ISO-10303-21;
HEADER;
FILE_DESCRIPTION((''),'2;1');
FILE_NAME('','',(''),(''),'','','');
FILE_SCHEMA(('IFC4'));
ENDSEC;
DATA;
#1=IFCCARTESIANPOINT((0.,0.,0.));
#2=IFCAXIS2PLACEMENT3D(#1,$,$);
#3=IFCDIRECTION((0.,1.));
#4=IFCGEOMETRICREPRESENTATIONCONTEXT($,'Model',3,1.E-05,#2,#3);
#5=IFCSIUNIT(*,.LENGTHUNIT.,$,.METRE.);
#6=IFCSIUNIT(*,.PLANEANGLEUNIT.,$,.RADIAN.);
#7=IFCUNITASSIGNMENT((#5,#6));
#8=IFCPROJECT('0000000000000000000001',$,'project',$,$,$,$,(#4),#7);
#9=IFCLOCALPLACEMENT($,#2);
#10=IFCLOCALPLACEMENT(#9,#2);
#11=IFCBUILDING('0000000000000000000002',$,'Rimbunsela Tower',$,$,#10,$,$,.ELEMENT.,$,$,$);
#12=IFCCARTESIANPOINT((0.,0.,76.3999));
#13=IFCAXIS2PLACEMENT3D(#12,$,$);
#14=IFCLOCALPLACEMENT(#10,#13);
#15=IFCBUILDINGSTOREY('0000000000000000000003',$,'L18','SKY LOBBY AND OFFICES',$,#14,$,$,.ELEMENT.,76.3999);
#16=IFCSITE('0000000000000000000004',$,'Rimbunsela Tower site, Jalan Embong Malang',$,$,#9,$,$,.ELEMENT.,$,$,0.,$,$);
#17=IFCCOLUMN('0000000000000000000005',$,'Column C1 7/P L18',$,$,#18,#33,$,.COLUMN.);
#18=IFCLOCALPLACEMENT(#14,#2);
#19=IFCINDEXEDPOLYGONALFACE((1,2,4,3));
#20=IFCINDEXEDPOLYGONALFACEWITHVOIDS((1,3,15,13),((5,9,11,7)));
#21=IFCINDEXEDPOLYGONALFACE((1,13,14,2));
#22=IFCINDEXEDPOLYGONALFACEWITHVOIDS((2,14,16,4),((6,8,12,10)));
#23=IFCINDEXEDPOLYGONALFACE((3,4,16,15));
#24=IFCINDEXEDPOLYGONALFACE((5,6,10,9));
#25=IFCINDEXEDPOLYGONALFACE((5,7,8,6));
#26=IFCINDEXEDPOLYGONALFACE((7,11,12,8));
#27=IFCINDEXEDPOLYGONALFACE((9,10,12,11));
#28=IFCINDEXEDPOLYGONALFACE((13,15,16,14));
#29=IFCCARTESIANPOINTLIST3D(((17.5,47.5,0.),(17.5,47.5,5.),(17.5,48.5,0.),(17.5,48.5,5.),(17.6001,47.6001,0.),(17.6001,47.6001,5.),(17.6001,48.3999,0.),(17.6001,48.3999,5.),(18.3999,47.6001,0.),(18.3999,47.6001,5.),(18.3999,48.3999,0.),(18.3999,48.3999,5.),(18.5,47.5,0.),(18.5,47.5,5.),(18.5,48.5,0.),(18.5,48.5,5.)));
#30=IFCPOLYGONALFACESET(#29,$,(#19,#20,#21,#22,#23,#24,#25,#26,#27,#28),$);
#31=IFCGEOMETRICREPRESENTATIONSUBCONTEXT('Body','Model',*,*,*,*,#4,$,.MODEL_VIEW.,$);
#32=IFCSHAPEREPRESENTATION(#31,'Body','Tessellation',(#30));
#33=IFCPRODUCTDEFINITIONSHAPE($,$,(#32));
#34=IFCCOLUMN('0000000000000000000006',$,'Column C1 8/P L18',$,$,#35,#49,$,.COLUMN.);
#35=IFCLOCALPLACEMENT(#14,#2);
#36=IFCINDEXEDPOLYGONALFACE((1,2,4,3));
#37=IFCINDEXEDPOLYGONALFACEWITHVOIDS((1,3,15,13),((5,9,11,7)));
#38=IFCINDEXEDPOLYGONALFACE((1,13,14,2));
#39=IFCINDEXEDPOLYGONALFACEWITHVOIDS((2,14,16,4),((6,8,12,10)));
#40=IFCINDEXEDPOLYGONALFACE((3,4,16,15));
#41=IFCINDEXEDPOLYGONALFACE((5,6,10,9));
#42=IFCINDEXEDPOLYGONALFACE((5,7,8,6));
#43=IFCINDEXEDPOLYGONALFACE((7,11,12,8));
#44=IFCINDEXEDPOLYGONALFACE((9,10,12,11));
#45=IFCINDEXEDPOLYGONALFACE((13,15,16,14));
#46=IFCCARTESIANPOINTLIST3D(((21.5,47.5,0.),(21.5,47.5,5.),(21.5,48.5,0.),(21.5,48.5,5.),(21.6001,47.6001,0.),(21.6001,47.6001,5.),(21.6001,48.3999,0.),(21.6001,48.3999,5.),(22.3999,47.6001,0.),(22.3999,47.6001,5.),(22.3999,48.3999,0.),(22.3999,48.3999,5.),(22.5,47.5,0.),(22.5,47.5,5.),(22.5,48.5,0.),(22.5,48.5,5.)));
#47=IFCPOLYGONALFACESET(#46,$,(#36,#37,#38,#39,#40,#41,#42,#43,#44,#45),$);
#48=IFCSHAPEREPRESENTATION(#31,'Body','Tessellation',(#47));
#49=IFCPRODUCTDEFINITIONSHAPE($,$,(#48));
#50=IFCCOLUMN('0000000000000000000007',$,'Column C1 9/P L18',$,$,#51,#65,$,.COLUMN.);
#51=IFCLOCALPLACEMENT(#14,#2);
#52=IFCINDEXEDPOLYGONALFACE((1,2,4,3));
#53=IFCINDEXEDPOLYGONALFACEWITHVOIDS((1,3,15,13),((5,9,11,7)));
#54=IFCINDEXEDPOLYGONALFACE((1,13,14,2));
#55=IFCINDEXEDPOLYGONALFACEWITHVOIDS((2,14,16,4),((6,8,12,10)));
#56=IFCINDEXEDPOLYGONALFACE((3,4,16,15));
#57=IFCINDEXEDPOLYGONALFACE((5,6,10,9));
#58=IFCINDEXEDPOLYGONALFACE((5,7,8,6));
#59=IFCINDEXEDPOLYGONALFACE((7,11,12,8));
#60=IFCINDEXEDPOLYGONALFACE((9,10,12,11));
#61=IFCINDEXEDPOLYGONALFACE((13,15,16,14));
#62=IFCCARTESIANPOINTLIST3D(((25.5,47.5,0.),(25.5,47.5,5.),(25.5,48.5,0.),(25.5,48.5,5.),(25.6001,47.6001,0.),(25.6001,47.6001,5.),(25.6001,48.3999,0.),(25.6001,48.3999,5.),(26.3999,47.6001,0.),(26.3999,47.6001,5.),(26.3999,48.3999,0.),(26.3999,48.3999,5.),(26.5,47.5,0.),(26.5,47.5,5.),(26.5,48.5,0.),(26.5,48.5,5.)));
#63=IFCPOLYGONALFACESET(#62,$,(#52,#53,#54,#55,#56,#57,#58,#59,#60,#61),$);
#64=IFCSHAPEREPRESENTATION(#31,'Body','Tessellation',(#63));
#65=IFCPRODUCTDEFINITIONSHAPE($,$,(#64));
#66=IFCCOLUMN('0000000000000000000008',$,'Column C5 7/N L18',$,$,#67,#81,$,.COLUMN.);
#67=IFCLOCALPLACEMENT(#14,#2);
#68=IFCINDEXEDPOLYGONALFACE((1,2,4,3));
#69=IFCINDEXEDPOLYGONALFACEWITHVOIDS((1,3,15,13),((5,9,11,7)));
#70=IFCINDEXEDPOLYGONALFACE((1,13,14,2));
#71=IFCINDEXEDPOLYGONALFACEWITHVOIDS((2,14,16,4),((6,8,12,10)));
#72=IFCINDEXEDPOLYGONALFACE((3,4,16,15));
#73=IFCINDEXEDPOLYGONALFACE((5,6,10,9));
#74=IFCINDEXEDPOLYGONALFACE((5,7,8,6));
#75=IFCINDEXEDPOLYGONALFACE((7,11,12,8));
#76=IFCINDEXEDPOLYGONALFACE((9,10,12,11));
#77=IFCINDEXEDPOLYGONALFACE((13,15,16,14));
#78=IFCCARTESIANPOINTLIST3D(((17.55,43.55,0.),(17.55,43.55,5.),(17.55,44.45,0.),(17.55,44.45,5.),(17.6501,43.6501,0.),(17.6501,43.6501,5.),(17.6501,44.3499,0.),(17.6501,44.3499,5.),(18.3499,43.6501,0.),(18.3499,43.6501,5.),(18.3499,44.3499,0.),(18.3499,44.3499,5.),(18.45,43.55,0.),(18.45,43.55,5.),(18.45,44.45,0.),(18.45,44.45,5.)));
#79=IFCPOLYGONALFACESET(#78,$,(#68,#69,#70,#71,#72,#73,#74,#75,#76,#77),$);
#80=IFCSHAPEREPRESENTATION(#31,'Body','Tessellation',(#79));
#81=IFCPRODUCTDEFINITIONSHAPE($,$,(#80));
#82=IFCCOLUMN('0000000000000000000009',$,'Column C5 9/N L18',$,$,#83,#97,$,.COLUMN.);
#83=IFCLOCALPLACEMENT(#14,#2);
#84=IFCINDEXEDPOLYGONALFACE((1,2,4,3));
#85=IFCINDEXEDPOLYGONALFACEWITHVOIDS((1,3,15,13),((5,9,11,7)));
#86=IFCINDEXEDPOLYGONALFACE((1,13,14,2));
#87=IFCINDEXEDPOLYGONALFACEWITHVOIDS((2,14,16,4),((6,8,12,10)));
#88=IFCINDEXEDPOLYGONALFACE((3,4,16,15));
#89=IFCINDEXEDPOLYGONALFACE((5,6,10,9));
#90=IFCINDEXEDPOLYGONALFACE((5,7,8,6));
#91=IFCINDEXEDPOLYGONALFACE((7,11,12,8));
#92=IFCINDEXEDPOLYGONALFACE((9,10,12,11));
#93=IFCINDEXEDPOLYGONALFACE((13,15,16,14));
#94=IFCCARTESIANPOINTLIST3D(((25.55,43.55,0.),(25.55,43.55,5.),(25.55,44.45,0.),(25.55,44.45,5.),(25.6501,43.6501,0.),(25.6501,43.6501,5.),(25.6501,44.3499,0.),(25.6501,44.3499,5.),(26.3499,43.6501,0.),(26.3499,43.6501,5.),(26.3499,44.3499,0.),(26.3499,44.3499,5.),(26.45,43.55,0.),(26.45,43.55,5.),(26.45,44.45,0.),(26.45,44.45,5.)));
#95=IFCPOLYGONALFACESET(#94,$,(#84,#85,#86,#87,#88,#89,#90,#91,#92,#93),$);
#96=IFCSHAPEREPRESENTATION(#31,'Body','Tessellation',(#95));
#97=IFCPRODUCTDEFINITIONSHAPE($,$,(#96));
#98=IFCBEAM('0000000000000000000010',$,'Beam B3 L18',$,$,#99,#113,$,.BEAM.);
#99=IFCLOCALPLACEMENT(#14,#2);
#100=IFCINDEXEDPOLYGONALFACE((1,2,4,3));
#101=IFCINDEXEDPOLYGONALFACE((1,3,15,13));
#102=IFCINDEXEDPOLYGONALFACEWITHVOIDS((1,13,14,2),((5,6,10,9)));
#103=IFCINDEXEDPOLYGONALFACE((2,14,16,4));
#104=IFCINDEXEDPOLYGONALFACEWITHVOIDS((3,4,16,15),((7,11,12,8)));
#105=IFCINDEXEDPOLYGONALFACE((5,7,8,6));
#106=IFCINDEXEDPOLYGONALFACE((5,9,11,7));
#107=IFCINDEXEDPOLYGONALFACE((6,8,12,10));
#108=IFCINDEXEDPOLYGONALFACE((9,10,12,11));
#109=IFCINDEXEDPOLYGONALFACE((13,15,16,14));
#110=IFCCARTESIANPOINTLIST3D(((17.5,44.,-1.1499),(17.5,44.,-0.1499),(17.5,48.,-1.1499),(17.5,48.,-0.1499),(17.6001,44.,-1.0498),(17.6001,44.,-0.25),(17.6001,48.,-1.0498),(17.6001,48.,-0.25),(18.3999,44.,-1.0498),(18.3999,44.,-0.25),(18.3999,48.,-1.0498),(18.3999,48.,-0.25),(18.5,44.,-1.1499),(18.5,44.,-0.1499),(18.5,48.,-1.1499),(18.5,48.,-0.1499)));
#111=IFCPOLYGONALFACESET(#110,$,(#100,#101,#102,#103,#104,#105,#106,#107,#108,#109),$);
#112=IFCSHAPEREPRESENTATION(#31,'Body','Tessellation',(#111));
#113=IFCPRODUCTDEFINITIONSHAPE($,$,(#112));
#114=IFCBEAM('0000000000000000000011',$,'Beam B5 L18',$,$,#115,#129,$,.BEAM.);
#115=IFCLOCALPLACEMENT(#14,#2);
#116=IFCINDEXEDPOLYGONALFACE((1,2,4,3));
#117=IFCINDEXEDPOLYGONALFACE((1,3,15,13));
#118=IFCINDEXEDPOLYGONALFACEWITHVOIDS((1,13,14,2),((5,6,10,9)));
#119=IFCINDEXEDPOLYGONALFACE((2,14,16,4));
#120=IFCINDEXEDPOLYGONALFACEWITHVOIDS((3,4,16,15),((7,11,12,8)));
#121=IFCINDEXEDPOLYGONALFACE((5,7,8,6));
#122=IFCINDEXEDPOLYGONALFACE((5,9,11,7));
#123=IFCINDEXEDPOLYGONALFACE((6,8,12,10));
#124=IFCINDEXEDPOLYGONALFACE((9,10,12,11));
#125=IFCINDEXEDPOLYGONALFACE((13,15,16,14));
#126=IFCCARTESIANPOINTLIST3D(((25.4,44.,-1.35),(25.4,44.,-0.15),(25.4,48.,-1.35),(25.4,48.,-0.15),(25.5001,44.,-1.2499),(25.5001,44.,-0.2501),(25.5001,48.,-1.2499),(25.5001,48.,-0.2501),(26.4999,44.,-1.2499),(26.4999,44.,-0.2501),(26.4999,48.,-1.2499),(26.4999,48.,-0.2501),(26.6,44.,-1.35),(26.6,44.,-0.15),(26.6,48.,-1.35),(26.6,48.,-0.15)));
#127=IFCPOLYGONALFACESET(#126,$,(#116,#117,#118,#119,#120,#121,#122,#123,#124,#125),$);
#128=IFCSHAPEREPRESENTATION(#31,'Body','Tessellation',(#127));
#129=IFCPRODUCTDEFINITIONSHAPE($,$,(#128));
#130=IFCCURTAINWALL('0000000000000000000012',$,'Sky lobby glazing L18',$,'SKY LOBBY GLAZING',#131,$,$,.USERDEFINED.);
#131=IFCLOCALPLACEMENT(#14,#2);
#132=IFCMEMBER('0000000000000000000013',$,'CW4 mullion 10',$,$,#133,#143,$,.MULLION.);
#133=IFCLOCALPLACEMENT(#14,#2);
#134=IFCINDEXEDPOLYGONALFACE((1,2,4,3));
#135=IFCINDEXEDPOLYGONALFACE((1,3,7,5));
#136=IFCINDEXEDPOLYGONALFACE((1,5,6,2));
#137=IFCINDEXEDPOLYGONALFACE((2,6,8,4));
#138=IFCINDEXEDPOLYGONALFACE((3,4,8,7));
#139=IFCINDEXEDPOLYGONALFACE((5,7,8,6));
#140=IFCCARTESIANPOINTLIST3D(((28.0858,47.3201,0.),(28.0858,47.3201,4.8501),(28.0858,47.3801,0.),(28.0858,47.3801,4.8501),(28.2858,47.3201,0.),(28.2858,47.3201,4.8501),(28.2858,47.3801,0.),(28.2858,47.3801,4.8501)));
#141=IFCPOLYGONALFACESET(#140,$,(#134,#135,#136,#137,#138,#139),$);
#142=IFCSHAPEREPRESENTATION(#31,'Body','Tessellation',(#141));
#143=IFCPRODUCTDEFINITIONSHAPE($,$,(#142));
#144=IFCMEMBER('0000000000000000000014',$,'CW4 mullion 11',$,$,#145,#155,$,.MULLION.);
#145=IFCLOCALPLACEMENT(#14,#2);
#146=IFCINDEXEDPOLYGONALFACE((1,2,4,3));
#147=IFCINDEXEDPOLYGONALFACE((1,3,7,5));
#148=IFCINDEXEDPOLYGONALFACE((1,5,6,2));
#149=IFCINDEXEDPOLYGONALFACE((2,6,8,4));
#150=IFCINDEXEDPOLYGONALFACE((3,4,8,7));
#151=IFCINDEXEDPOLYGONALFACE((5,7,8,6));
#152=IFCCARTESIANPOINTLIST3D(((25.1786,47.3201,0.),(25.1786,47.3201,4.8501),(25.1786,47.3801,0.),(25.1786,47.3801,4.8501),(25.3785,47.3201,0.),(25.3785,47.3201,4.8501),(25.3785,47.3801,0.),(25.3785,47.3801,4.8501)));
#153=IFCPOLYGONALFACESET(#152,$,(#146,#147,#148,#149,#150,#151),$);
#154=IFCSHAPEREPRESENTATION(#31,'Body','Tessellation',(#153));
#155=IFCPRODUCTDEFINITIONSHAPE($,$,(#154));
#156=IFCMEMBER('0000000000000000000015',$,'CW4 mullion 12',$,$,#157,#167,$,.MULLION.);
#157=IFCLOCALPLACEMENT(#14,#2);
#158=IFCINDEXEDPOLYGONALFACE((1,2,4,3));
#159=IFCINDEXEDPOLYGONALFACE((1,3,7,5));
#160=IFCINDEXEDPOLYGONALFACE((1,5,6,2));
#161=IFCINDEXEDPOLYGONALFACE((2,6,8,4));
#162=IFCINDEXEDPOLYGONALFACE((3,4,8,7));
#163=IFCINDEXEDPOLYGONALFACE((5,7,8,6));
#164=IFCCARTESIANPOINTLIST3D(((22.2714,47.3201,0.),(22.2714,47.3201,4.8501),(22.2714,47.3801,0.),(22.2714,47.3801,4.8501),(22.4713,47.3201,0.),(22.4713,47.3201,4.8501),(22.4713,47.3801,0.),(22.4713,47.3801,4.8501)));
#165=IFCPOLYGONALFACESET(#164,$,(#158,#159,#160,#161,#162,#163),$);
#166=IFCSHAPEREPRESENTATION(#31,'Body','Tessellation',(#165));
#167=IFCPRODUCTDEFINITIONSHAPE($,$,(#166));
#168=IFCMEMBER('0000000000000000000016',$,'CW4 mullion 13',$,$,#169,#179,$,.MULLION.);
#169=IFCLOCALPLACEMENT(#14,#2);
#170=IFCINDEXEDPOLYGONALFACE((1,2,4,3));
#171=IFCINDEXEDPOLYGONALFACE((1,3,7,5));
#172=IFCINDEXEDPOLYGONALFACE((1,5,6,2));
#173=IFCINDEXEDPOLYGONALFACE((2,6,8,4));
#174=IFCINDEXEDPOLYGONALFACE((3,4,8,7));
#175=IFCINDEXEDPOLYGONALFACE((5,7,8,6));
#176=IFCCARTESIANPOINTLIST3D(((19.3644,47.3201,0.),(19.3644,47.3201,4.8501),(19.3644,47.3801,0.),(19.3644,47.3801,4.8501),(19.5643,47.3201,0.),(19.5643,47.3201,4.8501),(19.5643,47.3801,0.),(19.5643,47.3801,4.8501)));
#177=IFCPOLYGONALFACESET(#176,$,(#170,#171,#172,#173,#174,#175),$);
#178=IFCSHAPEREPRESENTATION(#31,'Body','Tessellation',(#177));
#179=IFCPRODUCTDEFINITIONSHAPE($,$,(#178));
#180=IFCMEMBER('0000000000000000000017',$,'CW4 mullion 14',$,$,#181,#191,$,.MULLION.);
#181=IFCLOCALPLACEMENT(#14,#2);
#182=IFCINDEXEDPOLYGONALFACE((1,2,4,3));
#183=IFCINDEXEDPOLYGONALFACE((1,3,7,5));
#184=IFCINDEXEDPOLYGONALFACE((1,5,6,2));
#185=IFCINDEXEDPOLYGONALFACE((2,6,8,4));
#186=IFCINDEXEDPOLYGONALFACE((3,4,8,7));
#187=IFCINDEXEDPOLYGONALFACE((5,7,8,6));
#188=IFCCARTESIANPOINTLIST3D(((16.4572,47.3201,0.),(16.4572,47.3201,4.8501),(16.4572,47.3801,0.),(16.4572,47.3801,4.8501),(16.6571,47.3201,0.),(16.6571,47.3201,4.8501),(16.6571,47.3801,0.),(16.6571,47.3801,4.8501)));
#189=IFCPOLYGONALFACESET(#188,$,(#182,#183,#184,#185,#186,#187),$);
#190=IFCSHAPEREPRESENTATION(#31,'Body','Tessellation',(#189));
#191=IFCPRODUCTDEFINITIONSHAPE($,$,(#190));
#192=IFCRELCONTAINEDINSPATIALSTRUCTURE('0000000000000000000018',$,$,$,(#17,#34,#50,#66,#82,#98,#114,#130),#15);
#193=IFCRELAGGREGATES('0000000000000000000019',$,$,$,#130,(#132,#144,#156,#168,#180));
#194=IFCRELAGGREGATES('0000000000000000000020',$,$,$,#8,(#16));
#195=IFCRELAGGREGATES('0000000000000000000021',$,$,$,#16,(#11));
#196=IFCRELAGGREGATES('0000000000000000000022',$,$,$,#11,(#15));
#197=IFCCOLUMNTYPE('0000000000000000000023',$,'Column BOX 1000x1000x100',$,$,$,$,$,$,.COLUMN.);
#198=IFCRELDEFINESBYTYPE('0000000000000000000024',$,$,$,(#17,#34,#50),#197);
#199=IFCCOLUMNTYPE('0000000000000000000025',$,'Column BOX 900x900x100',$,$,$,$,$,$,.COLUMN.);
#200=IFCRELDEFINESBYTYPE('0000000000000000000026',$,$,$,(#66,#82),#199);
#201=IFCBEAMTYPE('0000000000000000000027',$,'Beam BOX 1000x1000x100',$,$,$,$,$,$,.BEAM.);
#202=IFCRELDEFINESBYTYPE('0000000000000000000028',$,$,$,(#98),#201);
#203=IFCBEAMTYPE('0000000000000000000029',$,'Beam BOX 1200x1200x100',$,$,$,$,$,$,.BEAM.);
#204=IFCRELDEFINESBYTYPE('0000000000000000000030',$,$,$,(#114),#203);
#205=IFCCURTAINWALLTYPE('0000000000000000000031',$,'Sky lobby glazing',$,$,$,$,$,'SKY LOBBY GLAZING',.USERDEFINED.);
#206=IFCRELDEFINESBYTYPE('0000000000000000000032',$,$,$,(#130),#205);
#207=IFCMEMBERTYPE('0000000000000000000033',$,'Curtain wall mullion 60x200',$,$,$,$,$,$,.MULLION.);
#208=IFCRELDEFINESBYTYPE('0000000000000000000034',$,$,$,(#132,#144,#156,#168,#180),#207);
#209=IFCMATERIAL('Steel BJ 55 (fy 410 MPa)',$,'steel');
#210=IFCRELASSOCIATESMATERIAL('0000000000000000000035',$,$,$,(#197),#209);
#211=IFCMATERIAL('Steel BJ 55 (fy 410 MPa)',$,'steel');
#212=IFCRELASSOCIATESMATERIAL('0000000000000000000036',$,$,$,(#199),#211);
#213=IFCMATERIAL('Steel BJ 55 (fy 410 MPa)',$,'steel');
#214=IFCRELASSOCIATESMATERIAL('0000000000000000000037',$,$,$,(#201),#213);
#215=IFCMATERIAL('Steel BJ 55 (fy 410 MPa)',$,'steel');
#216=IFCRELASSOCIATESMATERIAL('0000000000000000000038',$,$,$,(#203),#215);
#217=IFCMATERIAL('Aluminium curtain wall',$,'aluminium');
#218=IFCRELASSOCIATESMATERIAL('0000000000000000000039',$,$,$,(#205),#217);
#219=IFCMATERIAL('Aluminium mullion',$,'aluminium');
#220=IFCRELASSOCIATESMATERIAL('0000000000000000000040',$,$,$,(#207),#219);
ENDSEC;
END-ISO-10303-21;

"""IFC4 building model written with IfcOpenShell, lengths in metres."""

from ifc_helpers import new_model, si_unit, direction, frame, origin, origin_2d, place, context, subcontext, project, spatial, rectangle, hollow_rectangle, extrude, material, material_profile, profile_set, type_object, element, aggregate, save


model = new_model("IFC4")

# Units and contexts
model_context = context("Model", 3, precision=1e-05, world=origin(), true_north=direction((0.0, 1.0)))
body_context = subcontext(model_context, "Body", "Model", "MODEL_VIEW")
ifc_project = project(units=[si_unit("LENGTHUNIT", "METRE"), si_unit("PLANEANGLEUNIT", "RADIAN")], contexts=[model_context])

# Site, building, storey
site_placement = place(None, origin())
site = spatial("IfcSite", under=ifc_project, at=site_placement, Name="Rimbunsela Tower site, Jalan Embong Malang", CompositionType="ELEMENT", RefElevation=0.0)
building_placement = place(site_placement, origin())
building = spatial("IfcBuilding", under=site, at=building_placement, Name="Rimbunsela Tower", CompositionType="ELEMENT")
storey_placement = place(building_placement, frame((0.0, 0.0, 76.3999)))
storey = spatial("IfcBuildingStorey", under=building, at=storey_placement, Name="L18", Description="SKY LOBBY AND OFFICES", CompositionType="ELEMENT", Elevation=76.3999)

# Columns
ifc_material_1 = material(Name="Steel BJ 55 (fy 410 MPa)", Category="steel")
ifc_material_profile_1 = material_profile(ifc_material_1, hollow_rectangle(XDim=1.0, YDim=1.0, WallThickness=0.1001, at=origin_2d()), Name="BOX 1000x1000x100")
ifc_profile_set_1 = profile_set([ifc_material_profile_1], Name="Steel BJ 55 (fy 410 MPa)")
column_type_1 = type_object("IfcColumnType", Name="Column BOX 1000x1000x100", PredefinedType="COLUMN", material=ifc_profile_set_1)
for number, where, z_axis, x_axis, name in (
    (1, (18.0, 48.0, 0.0), (0.0, 0.0, 1.0), (1.0, 0.0, 0.0), "Column C1 7/P L18"),
    (2, (22.0, 48.0, 0.0), (0.0, 0.0, 1.0), (1.0, 0.0, 0.0), "Column C1 8/P L18"),
    (3, (26.0, 48.0, 0.0), (0.0, 0.0, 1.0), (1.0, 0.0, 0.0), "Column C1 9/P L18"),
):
    element("IfcColumn", number, at=place(storey_placement, frame(where, z_axis=z_axis, x_axis=x_axis)), inside=storey, type_object=column_type_1, Name=name, PredefinedType="COLUMN", context=body_context, shape_type="SweptSolid", body=[
        extrude(hollow_rectangle(XDim=1.0, YDim=1.0, WallThickness=0.1001, at=origin_2d()), origin(), (0.0, 0.0, 1.0), 5.0),
    ])
ifc_material_2 = material(Name="Steel BJ 55 (fy 410 MPa)", Category="steel")
ifc_material_profile_2 = material_profile(ifc_material_2, hollow_rectangle(XDim=0.8999, YDim=0.8999, WallThickness=0.1001, at=origin_2d()), Name="BOX 900x900x100")
ifc_profile_set_2 = profile_set([ifc_material_profile_2], Name="Steel BJ 55 (fy 410 MPa)")
column_type_2 = type_object("IfcColumnType", Name="Column BOX 900x900x100", PredefinedType="COLUMN", material=ifc_profile_set_2)
for number, where, z_axis, x_axis, name in (
    (4, (18.0, 44.0, 0.0), (0.0, 0.0, 1.0), (1.0, 0.0, 0.0), "Column C5 7/N L18"),
    (5, (26.0, 44.0, 0.0), (0.0, 0.0, 1.0), (1.0, 0.0, 0.0), "Column C5 9/N L18"),
):
    element("IfcColumn", number, at=place(storey_placement, frame(where, z_axis=z_axis, x_axis=x_axis)), inside=storey, type_object=column_type_2, Name=name, PredefinedType="COLUMN", context=body_context, shape_type="SweptSolid", body=[
        extrude(hollow_rectangle(XDim=0.8999, YDim=0.8999, WallThickness=0.1001, at=origin_2d()), origin(), (0.0, 0.0, 1.0), 5.0),
    ])

# Beams
ifc_material_3 = material(Name="Steel BJ 55 (fy 410 MPa)", Category="steel")
ifc_material_profile_3 = material_profile(ifc_material_3, hollow_rectangle(XDim=1.0, YDim=1.0, WallThickness=0.1001, at=origin_2d()), Name="BOX 1000x1000x100")
ifc_profile_set_3 = profile_set([ifc_material_profile_3], Name="Steel BJ 55 (fy 410 MPa)")
beam_type_1 = type_object("IfcBeamType", Name="Beam BOX 1000x1000x100", PredefinedType="BEAM", material=ifc_profile_set_3)
beam_1_placement = place(storey_placement, frame((18.0, 44.0, -0.6499), z_axis=(0.0, 1.0, 0.0), x_axis=(-1.0, 0.0, 0.0)))
element("IfcBeam", 6, at=beam_1_placement, inside=storey, type_object=beam_type_1, Name="Beam B3 L18", PredefinedType="BEAM", context=body_context, shape_type="SweptSolid", body=[
    extrude(hollow_rectangle(XDim=1.0, YDim=1.0, WallThickness=0.1001, at=origin_2d()), origin(), (0.0, 0.0, 1.0), 4.0),
])
ifc_material_4 = material(Name="Steel BJ 55 (fy 410 MPa)", Category="steel")
ifc_material_profile_4 = material_profile(ifc_material_4, hollow_rectangle(XDim=1.2, YDim=1.2, WallThickness=0.1001, at=origin_2d()), Name="BOX 1200x1200x100")
ifc_profile_set_4 = profile_set([ifc_material_profile_4], Name="Steel BJ 55 (fy 410 MPa)")
beam_type_2 = type_object("IfcBeamType", Name="Beam BOX 1200x1200x100", PredefinedType="BEAM", material=ifc_profile_set_4)
beam_2_placement = place(storey_placement, frame((26.0, 44.0, -0.75), z_axis=(0.0, 1.0, 0.0), x_axis=(-1.0, 0.0, 0.0)))
element("IfcBeam", 7, at=beam_2_placement, inside=storey, type_object=beam_type_2, Name="Beam B5 L18", PredefinedType="BEAM", context=body_context, shape_type="SweptSolid", body=[
    extrude(hollow_rectangle(XDim=1.2, YDim=1.2, WallThickness=0.1001, at=origin_2d()), origin(), (0.0, 0.0, 1.0), 4.0),
])

# Curtain wall, members
ifc_material_5 = material(Name="Aluminium curtain wall", Category="aluminium")
curtain_wall_type = type_object("IfcCurtainWallType", Name="Sky lobby glazing", ElementType="SKY LOBBY GLAZING", PredefinedType="USERDEFINED", material=ifc_material_5)
curtain_wall_placement = place(storey_placement, origin())
curtain_wall = element("IfcCurtainWall", 8, at=curtain_wall_placement, inside=storey, type_object=curtain_wall_type, Name="Sky lobby glazing L18", ObjectType="SKY LOBBY GLAZING", PredefinedType="USERDEFINED")
ifc_material_6 = material(Name="Aluminium mullion", Category="aluminium")
ifc_material_profile_5 = material_profile(ifc_material_6, rectangle(XDim=0.0601, YDim=0.2, at=origin_2d()), Name="Mullion 60x200")
ifc_profile_set_5 = profile_set([ifc_material_profile_5], Name="Aluminium mullion")
member_type_1 = type_object("IfcMemberType", Name="Curtain wall mullion 60x200", PredefinedType="MULLION", material=ifc_profile_set_5)
member_1_placement = place(storey_placement, frame((28.1858, 47.3501, 0.0), z_axis=(0.0, 0.0, 1.0), x_axis=(0.0, -1.0, 0.0)))
member_1 = element("IfcMember", 9, at=member_1_placement, type_object=member_type_1, Name="CW4 mullion 10", PredefinedType="MULLION", context=body_context, shape_type="SweptSolid", body=[
    extrude(rectangle(XDim=0.0601, YDim=0.2, at=origin_2d()), origin(), (0.0, 0.0, 1.0), 4.8501),
])
member_2_placement = place(storey_placement, frame((25.2786, 47.3501, 0.0), z_axis=(0.0, 0.0, 1.0), x_axis=(0.0, -1.0, 0.0)))
member_2 = element("IfcMember", 10, at=member_2_placement, type_object=member_type_1, Name="CW4 mullion 11", PredefinedType="MULLION", context=body_context, shape_type="SweptSolid", body=[
    extrude(rectangle(XDim=0.0601, YDim=0.2, at=origin_2d()), origin(), (0.0, 0.0, 1.0), 4.8501),
])
member_3_placement = place(storey_placement, frame((22.3713, 47.3501, 0.0), z_axis=(0.0, 0.0, 1.0), x_axis=(0.0, -1.0, 0.0)))
member_3 = element("IfcMember", 11, at=member_3_placement, type_object=member_type_1, Name="CW4 mullion 12", PredefinedType="MULLION", context=body_context, shape_type="SweptSolid", body=[
    extrude(rectangle(XDim=0.0601, YDim=0.2, at=origin_2d()), origin(), (0.0, 0.0, 1.0), 4.8501),
])
member_4_placement = place(storey_placement, frame((19.4644, 47.3501, 0.0), z_axis=(0.0, 0.0, 1.0), x_axis=(0.0, -1.0, 0.0)))
member_4 = element("IfcMember", 12, at=member_4_placement, type_object=member_type_1, Name="CW4 mullion 13", PredefinedType="MULLION", context=body_context, shape_type="SweptSolid", body=[
    extrude(rectangle(XDim=0.0601, YDim=0.2, at=origin_2d()), origin(), (0.0, 0.0, 1.0), 4.8501),
])
member_5_placement = place(storey_placement, frame((16.5571, 47.3501, 0.0), z_axis=(0.0, 0.0, 1.0), x_axis=(0.0, -1.0, 0.0)))
member_5 = element("IfcMember", 13, at=member_5_placement, type_object=member_type_1, Name="CW4 mullion 14", PredefinedType="MULLION", context=body_context, shape_type="SweptSolid", body=[
    extrude(rectangle(XDim=0.0601, YDim=0.2, at=origin_2d()), origin(), (0.0, 0.0, 1.0), 4.8501),
])
aggregate(curtain_wall, [member_1, member_2, member_3, member_4, member_5])

save(model, "model.ifc")
